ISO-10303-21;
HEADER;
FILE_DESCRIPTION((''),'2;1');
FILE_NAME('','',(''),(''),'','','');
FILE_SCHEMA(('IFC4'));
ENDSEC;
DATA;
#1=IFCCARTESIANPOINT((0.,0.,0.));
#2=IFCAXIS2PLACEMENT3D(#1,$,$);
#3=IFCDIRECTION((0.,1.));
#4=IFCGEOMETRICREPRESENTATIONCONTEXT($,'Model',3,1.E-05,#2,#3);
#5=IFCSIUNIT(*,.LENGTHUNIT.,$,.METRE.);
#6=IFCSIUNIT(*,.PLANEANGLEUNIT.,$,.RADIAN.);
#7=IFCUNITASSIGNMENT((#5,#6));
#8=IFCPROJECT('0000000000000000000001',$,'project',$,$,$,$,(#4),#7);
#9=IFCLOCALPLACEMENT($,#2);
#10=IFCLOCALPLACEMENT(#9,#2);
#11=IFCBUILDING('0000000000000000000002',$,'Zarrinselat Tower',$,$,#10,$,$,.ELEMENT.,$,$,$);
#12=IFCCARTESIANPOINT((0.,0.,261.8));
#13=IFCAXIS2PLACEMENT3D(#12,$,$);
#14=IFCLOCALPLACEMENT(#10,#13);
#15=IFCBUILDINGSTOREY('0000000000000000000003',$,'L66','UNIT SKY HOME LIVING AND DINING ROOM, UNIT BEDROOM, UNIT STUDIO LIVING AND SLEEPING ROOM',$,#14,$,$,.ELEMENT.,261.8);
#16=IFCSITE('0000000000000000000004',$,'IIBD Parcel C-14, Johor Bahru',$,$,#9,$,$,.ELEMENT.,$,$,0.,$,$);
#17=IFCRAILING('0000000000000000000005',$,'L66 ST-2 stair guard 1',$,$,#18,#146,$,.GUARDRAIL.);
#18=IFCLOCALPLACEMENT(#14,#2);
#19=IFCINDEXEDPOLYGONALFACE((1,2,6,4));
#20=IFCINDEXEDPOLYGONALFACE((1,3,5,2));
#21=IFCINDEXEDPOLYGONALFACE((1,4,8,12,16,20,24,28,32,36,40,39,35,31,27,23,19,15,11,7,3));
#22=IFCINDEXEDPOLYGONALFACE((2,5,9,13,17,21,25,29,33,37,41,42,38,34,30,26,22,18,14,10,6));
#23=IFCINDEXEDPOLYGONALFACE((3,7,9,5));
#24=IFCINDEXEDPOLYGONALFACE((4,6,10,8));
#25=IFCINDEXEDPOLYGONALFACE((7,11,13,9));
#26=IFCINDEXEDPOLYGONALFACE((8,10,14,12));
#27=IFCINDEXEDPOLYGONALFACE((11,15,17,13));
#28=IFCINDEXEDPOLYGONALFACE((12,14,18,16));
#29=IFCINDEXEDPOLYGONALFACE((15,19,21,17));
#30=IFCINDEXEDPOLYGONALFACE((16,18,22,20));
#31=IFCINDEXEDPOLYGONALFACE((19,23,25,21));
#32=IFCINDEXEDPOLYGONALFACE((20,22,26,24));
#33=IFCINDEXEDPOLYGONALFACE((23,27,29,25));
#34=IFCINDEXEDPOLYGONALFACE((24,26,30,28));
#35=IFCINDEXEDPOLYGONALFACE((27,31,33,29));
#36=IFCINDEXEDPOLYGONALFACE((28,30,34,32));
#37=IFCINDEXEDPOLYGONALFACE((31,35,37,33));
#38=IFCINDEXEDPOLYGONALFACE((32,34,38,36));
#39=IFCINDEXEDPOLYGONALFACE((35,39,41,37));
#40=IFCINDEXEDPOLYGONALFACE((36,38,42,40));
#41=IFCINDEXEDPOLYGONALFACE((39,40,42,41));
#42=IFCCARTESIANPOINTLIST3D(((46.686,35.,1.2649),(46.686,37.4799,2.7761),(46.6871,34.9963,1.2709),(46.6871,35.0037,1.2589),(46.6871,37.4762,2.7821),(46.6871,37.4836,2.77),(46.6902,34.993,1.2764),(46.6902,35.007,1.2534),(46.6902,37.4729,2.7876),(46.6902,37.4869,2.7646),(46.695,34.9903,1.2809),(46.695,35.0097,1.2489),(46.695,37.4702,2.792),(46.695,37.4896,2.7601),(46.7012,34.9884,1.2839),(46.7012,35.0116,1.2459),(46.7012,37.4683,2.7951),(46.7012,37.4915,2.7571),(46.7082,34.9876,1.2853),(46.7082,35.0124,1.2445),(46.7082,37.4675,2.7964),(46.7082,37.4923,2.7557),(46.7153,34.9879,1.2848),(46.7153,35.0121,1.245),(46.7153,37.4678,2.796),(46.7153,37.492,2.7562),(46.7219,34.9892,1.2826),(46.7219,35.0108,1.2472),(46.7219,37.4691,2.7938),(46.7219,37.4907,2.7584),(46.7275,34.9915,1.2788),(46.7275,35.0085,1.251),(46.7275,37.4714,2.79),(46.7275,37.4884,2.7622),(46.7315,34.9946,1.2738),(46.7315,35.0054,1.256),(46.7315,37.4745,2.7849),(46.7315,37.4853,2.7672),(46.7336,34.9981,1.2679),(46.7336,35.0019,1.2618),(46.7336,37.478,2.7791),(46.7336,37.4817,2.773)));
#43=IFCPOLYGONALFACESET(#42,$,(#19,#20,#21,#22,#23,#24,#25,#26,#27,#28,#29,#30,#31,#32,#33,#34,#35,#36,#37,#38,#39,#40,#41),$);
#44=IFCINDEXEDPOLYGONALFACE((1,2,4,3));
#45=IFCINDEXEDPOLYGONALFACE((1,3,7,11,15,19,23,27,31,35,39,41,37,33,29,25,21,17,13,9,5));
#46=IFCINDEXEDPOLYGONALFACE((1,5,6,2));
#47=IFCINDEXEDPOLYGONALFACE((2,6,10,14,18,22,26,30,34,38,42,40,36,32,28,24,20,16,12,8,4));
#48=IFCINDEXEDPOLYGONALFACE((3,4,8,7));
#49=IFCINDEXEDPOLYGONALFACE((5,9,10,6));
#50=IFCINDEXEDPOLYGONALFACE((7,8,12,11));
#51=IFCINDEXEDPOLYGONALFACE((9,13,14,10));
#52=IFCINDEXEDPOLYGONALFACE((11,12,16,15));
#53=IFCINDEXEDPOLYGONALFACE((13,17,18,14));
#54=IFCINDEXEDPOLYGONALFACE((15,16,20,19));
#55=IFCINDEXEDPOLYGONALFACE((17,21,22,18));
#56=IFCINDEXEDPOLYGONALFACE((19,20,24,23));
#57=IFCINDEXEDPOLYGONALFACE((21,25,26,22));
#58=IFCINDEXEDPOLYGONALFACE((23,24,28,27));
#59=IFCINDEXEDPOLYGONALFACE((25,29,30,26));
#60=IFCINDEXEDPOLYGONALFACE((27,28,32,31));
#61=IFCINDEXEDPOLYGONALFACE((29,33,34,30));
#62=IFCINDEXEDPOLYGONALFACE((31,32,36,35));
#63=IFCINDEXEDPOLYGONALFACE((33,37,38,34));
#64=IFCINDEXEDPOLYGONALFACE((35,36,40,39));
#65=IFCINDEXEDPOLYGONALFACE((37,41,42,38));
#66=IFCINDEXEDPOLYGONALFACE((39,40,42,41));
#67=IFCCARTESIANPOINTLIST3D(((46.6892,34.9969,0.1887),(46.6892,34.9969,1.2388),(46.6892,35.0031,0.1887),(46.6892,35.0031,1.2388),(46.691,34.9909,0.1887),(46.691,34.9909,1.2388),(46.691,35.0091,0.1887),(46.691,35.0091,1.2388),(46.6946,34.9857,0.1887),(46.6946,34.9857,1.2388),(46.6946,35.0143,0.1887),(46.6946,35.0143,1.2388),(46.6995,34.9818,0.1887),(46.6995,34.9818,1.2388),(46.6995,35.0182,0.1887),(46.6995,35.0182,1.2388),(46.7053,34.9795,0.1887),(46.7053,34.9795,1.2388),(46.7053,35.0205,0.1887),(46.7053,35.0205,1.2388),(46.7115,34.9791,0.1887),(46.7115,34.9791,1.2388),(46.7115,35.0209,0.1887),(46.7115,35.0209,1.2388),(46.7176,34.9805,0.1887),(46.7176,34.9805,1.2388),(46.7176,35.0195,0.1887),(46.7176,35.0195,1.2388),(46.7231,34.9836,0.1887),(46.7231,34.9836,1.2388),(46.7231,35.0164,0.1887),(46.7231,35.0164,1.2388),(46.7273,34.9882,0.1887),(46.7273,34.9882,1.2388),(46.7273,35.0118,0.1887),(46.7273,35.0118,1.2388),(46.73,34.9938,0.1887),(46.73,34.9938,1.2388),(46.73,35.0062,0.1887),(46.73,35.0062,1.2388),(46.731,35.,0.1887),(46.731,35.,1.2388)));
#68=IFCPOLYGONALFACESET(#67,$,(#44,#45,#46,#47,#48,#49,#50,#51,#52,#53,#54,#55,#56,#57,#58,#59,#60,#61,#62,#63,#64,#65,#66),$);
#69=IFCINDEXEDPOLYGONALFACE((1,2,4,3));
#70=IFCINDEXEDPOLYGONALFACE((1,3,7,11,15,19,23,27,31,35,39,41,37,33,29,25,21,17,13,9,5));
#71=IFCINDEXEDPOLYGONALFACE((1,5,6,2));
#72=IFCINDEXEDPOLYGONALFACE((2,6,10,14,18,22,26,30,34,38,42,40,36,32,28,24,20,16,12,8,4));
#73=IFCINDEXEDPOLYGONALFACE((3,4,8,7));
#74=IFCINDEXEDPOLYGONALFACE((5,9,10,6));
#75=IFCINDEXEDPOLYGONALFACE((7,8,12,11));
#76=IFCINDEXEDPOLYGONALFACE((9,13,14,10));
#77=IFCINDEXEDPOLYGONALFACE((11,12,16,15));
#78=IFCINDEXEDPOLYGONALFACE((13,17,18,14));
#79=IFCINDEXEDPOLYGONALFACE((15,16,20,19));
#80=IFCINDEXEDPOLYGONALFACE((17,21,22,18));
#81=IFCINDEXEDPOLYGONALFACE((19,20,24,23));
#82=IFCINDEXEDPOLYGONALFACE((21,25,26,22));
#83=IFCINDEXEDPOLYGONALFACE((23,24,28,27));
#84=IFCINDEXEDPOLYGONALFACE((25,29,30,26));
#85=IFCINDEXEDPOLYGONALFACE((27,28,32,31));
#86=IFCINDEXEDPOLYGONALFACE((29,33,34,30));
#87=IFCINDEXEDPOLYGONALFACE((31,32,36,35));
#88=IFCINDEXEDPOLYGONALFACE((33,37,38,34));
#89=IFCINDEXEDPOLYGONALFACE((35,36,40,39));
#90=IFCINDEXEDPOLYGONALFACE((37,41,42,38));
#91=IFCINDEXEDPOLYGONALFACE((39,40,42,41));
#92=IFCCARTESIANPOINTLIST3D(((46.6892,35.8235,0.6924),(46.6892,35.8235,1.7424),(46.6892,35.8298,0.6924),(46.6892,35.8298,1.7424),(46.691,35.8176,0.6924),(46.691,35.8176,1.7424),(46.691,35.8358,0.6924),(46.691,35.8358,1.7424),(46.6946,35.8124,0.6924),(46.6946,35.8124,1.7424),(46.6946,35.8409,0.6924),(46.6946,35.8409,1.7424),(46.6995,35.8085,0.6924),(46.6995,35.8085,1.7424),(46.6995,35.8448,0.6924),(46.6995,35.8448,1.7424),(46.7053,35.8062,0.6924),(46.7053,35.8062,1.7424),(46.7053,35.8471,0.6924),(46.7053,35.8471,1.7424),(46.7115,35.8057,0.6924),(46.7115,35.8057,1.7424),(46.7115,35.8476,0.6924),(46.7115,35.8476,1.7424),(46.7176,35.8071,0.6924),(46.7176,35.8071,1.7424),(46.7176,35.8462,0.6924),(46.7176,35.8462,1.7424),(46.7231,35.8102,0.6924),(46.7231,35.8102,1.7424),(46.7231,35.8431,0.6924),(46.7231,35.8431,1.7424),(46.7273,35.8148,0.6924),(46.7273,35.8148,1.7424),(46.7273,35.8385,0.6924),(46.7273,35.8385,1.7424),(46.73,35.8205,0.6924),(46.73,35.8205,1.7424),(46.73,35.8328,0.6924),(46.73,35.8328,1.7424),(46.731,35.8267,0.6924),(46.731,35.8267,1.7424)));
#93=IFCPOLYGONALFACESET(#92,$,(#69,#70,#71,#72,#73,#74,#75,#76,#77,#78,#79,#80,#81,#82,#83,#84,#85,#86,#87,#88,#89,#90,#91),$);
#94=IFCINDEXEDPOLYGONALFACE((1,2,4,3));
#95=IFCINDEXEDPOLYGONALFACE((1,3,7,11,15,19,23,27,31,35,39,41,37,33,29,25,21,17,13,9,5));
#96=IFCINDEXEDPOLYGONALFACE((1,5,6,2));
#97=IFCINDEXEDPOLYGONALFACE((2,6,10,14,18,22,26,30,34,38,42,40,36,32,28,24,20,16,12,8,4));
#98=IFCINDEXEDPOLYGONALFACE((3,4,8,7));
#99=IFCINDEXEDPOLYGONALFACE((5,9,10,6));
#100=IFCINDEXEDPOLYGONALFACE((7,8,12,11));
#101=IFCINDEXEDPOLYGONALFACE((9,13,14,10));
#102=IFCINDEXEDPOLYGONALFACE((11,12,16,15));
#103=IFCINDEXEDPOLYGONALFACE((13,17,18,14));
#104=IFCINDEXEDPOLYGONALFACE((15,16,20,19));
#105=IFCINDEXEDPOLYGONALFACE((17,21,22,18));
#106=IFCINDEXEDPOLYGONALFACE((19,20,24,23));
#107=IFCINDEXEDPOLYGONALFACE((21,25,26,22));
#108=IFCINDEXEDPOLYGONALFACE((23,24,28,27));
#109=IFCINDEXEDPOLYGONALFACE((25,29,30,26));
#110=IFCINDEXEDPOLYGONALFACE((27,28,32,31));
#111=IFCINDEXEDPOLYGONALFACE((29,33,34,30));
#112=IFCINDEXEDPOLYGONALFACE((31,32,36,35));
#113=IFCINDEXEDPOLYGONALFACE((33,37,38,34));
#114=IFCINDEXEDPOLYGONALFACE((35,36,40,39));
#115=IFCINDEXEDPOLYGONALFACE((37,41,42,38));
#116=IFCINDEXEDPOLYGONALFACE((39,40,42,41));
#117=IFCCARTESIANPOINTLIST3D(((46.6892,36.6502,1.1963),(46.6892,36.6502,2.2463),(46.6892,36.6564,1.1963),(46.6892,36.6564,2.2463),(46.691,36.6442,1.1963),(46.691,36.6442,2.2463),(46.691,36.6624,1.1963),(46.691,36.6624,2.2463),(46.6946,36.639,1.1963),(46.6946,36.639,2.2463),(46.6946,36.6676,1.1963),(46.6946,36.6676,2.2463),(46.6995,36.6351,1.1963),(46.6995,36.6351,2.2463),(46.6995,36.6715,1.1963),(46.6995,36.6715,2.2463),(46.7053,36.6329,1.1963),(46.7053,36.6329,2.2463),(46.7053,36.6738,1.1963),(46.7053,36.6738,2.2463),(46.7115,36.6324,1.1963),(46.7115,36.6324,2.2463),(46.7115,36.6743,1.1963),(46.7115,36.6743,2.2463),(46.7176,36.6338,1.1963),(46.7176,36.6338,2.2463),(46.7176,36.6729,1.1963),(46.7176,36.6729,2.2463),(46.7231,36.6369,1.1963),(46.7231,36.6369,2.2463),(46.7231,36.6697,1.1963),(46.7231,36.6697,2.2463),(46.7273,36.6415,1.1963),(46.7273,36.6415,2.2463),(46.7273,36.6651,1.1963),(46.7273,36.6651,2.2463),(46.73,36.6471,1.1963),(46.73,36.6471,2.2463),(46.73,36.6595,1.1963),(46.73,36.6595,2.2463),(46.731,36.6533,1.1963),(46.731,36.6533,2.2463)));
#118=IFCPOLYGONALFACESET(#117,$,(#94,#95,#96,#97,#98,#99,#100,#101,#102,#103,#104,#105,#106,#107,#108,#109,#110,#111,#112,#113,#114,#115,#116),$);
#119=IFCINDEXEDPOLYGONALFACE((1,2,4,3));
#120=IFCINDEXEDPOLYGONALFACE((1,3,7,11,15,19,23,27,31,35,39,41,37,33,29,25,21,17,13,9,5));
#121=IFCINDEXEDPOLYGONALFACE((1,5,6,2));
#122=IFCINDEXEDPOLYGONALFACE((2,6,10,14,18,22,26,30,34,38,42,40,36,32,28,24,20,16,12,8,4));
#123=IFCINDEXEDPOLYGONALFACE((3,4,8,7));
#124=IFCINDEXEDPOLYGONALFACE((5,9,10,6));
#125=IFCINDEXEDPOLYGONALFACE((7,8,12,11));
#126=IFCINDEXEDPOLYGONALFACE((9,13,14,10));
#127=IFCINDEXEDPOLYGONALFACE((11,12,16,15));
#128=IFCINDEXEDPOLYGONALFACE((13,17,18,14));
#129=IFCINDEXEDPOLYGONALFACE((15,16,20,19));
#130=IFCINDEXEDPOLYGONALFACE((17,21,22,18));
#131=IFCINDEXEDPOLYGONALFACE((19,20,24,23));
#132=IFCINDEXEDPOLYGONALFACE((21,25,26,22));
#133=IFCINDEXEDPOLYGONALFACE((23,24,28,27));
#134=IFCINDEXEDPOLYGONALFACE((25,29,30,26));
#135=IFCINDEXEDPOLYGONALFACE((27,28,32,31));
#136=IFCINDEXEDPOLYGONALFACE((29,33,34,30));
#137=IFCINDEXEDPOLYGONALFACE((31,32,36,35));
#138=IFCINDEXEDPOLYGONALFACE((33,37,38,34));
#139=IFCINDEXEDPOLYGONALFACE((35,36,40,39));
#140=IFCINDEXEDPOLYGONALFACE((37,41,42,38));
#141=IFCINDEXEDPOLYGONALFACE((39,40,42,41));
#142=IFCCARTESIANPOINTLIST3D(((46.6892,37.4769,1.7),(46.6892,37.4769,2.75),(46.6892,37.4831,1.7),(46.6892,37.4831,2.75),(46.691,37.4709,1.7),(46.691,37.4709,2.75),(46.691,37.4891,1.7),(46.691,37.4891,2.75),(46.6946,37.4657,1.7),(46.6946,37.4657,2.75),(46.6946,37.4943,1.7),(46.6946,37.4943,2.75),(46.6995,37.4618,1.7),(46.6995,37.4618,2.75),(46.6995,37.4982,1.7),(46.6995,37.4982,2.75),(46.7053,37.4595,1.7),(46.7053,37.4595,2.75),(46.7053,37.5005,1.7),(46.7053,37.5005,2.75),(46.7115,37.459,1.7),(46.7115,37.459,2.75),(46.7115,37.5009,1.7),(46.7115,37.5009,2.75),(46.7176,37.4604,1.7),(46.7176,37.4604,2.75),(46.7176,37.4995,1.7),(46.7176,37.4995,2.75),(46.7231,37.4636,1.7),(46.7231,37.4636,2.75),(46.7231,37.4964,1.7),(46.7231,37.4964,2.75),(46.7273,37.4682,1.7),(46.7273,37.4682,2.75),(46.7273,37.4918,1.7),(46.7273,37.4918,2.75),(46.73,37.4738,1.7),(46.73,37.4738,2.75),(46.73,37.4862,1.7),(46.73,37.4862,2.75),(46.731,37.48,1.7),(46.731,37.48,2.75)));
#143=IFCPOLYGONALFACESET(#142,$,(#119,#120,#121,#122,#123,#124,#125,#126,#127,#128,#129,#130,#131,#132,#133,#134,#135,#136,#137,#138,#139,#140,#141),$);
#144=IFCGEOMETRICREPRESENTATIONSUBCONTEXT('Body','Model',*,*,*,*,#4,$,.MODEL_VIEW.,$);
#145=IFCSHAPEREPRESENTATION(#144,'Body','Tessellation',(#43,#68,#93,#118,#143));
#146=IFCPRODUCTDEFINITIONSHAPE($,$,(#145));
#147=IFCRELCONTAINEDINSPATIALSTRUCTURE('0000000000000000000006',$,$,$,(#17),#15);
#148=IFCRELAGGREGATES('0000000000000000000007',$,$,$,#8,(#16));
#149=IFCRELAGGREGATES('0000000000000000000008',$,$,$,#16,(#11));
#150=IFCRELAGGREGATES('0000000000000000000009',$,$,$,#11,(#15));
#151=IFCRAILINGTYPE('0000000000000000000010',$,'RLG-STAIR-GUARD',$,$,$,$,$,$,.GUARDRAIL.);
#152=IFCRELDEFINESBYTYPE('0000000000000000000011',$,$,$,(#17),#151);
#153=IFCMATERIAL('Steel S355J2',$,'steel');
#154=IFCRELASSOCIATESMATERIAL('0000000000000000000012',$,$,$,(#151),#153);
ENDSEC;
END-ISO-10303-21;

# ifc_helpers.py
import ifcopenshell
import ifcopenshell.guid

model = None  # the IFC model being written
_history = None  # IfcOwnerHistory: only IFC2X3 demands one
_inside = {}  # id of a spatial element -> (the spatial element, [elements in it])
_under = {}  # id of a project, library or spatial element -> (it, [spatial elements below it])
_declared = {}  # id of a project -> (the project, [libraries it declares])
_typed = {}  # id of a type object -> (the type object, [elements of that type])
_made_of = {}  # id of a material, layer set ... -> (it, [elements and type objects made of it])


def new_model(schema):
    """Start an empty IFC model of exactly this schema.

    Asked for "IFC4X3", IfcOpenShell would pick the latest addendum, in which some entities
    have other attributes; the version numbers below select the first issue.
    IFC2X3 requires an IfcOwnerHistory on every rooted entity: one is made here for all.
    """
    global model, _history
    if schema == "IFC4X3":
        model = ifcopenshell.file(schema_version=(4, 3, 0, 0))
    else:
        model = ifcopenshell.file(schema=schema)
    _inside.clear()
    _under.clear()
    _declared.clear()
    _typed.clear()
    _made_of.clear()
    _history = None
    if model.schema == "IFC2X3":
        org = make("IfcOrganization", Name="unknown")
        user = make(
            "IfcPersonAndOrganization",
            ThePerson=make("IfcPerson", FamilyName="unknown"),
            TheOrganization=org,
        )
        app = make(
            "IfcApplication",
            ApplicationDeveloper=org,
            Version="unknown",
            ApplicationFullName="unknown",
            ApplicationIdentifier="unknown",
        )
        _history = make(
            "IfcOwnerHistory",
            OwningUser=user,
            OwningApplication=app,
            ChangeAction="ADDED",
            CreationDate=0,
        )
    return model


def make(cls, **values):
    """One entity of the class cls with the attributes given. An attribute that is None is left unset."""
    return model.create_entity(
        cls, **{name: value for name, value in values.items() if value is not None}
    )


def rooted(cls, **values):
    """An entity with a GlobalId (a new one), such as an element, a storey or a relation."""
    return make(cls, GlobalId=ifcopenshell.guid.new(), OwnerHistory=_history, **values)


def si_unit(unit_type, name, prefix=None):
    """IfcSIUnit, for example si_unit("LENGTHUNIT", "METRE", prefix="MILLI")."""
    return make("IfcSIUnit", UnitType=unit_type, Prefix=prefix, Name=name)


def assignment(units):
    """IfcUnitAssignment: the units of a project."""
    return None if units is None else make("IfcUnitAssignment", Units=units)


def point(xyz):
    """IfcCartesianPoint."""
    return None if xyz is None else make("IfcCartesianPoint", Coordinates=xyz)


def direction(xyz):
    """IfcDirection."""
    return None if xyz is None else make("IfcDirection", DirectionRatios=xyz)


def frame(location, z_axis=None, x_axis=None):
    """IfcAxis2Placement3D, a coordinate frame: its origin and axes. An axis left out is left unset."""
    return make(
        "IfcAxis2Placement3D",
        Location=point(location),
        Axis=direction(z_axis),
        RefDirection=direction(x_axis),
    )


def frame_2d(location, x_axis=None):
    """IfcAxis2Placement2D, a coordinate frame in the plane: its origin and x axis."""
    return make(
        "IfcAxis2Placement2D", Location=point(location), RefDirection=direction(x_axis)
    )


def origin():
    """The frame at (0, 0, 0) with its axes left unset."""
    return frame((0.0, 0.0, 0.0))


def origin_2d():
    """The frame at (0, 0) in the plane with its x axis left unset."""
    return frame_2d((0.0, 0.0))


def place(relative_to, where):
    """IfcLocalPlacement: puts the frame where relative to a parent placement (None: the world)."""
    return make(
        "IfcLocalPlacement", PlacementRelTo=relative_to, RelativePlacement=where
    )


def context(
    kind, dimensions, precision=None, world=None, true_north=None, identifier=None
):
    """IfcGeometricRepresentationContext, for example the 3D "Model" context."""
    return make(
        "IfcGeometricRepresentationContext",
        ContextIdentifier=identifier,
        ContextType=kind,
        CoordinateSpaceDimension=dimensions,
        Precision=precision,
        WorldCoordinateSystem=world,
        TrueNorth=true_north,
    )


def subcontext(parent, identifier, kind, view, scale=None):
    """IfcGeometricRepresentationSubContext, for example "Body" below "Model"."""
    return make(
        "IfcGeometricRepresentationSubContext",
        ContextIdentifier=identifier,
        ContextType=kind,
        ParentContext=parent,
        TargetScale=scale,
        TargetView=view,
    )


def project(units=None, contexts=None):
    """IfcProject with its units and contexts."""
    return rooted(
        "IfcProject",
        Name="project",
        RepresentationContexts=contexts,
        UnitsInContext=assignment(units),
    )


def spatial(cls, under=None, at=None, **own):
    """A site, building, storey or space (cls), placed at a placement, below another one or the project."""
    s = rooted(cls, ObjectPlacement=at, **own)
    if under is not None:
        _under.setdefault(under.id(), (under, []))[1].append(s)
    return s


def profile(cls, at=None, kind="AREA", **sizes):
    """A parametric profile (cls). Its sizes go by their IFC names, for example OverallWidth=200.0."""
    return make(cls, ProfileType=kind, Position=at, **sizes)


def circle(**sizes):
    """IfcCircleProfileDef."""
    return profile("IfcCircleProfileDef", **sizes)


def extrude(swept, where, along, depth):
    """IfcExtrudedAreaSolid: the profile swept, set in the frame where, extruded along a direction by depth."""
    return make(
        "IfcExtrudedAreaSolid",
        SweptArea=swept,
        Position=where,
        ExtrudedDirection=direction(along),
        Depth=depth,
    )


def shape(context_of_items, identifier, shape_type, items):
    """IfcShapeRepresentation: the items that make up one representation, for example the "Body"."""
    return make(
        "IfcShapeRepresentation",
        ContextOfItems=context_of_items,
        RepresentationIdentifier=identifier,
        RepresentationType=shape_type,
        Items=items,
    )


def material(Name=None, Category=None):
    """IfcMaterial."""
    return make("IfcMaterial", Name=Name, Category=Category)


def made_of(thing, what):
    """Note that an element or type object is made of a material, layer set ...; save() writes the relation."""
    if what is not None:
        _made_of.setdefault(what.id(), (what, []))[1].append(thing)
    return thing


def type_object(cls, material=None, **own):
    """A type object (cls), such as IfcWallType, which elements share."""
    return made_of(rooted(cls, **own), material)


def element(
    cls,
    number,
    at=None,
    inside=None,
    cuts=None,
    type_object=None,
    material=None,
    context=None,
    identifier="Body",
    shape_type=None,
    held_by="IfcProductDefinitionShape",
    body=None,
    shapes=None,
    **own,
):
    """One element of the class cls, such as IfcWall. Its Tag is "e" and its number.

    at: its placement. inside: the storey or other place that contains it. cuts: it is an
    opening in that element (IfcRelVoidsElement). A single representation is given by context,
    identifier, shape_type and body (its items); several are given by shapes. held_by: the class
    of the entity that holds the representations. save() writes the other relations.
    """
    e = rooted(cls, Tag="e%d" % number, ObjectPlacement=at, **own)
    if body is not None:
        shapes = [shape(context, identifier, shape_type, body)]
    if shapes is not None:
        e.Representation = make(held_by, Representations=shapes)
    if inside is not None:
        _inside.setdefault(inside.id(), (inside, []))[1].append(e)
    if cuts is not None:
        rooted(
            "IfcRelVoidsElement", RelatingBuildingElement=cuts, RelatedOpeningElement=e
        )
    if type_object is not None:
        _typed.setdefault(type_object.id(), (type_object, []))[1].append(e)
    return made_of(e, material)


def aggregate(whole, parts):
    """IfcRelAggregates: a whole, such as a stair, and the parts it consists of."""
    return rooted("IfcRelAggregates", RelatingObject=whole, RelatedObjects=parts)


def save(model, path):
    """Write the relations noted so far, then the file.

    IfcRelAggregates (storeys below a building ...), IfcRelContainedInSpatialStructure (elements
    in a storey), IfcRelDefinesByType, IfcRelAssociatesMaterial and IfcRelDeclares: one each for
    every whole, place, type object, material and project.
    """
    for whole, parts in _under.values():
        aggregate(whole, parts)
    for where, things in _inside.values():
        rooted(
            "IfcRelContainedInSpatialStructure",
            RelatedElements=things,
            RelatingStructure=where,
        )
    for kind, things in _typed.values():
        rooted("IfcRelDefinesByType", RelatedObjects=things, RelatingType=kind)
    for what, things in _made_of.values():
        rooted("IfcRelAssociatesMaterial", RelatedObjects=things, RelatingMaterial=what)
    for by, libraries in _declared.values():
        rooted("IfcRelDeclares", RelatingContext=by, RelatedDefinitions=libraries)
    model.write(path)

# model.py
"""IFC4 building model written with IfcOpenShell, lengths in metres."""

from ifc_helpers import new_model, si_unit, direction, frame, origin, origin_2d, place, context, subcontext, project, spatial, circle, extrude, material, type_object, element, save


model = new_model("IFC4")

# Units and contexts
model_context = context("Model", 3, precision=1e-05, world=origin(), true_north=direction((0.0, 1.0)))
body_context = subcontext(model_context, "Body", "Model", "MODEL_VIEW")
ifc_project = project(units=[si_unit("LENGTHUNIT", "METRE"), si_unit("PLANEANGLEUNIT", "RADIAN")], contexts=[model_context])

# Site, building, storey
site_placement = place(None, origin())
site = spatial("IfcSite", under=ifc_project, at=site_placement, Name="IIBD Parcel C-14, Johor Bahru", CompositionType="ELEMENT", RefElevation=0.0)
building_placement = place(site_placement, origin())
building = spatial("IfcBuilding", under=site, at=building_placement, Name="Zarrinselat Tower", CompositionType="ELEMENT")
storey_placement = place(building_placement, frame((0.0, 0.0, 261.8)))
storey = spatial("IfcBuildingStorey", under=building, at=storey_placement, Name="L66", Description="UNIT SKY HOME LIVING AND DINING ROOM, UNIT BEDROOM, UNIT STUDIO LIVING AND SLEEPING ROOM", CompositionType="ELEMENT", Elevation=261.8)

# Railing
ifc_material_1 = material(Name="Steel S355J2", Category="steel")
railing_type_1 = type_object("IfcRailingType", Name="RLG-STAIR-GUARD", PredefinedType="GUARDRAIL", material=ifc_material_1)
railing_1_placement = place(storey_placement, frame((46.71, 35.0, 0.1887)))
element("IfcRailing", 1, at=railing_1_placement, inside=storey, type_object=railing_type_1, Name="L66 ST-2 stair guard 1", PredefinedType="GUARDRAIL", context=body_context, shape_type="SweptSolid", body=[
    extrude(circle(Radius=0.0239, at=origin_2d()), frame((0.0, 0.0, 1.0762), z_axis=(0.0, 0.853942, 0.520368), x_axis=(-1.0, 0.0, 0.0)), (0.0, 0.0, 1.0), 2.9041),
    extrude(circle(Radius=0.021, at=origin_2d()), origin(), (0.0, 0.0, 1.0), 1.05),
    extrude(circle(Radius=0.021, at=origin_2d()), frame((0.0, 0.8267, 0.5037)), (0.0, 0.0, 1.0), 1.05),
    extrude(circle(Radius=0.021, at=origin_2d()), frame((0.0, 1.6533, 1.0076)), (0.0, 0.0, 1.0), 1.05),
    extrude(circle(Radius=0.021, at=origin_2d()), frame((0.0, 2.48, 1.5112)), (0.0, 0.0, 1.0), 1.05),
])

save(model, "model.ifc")
